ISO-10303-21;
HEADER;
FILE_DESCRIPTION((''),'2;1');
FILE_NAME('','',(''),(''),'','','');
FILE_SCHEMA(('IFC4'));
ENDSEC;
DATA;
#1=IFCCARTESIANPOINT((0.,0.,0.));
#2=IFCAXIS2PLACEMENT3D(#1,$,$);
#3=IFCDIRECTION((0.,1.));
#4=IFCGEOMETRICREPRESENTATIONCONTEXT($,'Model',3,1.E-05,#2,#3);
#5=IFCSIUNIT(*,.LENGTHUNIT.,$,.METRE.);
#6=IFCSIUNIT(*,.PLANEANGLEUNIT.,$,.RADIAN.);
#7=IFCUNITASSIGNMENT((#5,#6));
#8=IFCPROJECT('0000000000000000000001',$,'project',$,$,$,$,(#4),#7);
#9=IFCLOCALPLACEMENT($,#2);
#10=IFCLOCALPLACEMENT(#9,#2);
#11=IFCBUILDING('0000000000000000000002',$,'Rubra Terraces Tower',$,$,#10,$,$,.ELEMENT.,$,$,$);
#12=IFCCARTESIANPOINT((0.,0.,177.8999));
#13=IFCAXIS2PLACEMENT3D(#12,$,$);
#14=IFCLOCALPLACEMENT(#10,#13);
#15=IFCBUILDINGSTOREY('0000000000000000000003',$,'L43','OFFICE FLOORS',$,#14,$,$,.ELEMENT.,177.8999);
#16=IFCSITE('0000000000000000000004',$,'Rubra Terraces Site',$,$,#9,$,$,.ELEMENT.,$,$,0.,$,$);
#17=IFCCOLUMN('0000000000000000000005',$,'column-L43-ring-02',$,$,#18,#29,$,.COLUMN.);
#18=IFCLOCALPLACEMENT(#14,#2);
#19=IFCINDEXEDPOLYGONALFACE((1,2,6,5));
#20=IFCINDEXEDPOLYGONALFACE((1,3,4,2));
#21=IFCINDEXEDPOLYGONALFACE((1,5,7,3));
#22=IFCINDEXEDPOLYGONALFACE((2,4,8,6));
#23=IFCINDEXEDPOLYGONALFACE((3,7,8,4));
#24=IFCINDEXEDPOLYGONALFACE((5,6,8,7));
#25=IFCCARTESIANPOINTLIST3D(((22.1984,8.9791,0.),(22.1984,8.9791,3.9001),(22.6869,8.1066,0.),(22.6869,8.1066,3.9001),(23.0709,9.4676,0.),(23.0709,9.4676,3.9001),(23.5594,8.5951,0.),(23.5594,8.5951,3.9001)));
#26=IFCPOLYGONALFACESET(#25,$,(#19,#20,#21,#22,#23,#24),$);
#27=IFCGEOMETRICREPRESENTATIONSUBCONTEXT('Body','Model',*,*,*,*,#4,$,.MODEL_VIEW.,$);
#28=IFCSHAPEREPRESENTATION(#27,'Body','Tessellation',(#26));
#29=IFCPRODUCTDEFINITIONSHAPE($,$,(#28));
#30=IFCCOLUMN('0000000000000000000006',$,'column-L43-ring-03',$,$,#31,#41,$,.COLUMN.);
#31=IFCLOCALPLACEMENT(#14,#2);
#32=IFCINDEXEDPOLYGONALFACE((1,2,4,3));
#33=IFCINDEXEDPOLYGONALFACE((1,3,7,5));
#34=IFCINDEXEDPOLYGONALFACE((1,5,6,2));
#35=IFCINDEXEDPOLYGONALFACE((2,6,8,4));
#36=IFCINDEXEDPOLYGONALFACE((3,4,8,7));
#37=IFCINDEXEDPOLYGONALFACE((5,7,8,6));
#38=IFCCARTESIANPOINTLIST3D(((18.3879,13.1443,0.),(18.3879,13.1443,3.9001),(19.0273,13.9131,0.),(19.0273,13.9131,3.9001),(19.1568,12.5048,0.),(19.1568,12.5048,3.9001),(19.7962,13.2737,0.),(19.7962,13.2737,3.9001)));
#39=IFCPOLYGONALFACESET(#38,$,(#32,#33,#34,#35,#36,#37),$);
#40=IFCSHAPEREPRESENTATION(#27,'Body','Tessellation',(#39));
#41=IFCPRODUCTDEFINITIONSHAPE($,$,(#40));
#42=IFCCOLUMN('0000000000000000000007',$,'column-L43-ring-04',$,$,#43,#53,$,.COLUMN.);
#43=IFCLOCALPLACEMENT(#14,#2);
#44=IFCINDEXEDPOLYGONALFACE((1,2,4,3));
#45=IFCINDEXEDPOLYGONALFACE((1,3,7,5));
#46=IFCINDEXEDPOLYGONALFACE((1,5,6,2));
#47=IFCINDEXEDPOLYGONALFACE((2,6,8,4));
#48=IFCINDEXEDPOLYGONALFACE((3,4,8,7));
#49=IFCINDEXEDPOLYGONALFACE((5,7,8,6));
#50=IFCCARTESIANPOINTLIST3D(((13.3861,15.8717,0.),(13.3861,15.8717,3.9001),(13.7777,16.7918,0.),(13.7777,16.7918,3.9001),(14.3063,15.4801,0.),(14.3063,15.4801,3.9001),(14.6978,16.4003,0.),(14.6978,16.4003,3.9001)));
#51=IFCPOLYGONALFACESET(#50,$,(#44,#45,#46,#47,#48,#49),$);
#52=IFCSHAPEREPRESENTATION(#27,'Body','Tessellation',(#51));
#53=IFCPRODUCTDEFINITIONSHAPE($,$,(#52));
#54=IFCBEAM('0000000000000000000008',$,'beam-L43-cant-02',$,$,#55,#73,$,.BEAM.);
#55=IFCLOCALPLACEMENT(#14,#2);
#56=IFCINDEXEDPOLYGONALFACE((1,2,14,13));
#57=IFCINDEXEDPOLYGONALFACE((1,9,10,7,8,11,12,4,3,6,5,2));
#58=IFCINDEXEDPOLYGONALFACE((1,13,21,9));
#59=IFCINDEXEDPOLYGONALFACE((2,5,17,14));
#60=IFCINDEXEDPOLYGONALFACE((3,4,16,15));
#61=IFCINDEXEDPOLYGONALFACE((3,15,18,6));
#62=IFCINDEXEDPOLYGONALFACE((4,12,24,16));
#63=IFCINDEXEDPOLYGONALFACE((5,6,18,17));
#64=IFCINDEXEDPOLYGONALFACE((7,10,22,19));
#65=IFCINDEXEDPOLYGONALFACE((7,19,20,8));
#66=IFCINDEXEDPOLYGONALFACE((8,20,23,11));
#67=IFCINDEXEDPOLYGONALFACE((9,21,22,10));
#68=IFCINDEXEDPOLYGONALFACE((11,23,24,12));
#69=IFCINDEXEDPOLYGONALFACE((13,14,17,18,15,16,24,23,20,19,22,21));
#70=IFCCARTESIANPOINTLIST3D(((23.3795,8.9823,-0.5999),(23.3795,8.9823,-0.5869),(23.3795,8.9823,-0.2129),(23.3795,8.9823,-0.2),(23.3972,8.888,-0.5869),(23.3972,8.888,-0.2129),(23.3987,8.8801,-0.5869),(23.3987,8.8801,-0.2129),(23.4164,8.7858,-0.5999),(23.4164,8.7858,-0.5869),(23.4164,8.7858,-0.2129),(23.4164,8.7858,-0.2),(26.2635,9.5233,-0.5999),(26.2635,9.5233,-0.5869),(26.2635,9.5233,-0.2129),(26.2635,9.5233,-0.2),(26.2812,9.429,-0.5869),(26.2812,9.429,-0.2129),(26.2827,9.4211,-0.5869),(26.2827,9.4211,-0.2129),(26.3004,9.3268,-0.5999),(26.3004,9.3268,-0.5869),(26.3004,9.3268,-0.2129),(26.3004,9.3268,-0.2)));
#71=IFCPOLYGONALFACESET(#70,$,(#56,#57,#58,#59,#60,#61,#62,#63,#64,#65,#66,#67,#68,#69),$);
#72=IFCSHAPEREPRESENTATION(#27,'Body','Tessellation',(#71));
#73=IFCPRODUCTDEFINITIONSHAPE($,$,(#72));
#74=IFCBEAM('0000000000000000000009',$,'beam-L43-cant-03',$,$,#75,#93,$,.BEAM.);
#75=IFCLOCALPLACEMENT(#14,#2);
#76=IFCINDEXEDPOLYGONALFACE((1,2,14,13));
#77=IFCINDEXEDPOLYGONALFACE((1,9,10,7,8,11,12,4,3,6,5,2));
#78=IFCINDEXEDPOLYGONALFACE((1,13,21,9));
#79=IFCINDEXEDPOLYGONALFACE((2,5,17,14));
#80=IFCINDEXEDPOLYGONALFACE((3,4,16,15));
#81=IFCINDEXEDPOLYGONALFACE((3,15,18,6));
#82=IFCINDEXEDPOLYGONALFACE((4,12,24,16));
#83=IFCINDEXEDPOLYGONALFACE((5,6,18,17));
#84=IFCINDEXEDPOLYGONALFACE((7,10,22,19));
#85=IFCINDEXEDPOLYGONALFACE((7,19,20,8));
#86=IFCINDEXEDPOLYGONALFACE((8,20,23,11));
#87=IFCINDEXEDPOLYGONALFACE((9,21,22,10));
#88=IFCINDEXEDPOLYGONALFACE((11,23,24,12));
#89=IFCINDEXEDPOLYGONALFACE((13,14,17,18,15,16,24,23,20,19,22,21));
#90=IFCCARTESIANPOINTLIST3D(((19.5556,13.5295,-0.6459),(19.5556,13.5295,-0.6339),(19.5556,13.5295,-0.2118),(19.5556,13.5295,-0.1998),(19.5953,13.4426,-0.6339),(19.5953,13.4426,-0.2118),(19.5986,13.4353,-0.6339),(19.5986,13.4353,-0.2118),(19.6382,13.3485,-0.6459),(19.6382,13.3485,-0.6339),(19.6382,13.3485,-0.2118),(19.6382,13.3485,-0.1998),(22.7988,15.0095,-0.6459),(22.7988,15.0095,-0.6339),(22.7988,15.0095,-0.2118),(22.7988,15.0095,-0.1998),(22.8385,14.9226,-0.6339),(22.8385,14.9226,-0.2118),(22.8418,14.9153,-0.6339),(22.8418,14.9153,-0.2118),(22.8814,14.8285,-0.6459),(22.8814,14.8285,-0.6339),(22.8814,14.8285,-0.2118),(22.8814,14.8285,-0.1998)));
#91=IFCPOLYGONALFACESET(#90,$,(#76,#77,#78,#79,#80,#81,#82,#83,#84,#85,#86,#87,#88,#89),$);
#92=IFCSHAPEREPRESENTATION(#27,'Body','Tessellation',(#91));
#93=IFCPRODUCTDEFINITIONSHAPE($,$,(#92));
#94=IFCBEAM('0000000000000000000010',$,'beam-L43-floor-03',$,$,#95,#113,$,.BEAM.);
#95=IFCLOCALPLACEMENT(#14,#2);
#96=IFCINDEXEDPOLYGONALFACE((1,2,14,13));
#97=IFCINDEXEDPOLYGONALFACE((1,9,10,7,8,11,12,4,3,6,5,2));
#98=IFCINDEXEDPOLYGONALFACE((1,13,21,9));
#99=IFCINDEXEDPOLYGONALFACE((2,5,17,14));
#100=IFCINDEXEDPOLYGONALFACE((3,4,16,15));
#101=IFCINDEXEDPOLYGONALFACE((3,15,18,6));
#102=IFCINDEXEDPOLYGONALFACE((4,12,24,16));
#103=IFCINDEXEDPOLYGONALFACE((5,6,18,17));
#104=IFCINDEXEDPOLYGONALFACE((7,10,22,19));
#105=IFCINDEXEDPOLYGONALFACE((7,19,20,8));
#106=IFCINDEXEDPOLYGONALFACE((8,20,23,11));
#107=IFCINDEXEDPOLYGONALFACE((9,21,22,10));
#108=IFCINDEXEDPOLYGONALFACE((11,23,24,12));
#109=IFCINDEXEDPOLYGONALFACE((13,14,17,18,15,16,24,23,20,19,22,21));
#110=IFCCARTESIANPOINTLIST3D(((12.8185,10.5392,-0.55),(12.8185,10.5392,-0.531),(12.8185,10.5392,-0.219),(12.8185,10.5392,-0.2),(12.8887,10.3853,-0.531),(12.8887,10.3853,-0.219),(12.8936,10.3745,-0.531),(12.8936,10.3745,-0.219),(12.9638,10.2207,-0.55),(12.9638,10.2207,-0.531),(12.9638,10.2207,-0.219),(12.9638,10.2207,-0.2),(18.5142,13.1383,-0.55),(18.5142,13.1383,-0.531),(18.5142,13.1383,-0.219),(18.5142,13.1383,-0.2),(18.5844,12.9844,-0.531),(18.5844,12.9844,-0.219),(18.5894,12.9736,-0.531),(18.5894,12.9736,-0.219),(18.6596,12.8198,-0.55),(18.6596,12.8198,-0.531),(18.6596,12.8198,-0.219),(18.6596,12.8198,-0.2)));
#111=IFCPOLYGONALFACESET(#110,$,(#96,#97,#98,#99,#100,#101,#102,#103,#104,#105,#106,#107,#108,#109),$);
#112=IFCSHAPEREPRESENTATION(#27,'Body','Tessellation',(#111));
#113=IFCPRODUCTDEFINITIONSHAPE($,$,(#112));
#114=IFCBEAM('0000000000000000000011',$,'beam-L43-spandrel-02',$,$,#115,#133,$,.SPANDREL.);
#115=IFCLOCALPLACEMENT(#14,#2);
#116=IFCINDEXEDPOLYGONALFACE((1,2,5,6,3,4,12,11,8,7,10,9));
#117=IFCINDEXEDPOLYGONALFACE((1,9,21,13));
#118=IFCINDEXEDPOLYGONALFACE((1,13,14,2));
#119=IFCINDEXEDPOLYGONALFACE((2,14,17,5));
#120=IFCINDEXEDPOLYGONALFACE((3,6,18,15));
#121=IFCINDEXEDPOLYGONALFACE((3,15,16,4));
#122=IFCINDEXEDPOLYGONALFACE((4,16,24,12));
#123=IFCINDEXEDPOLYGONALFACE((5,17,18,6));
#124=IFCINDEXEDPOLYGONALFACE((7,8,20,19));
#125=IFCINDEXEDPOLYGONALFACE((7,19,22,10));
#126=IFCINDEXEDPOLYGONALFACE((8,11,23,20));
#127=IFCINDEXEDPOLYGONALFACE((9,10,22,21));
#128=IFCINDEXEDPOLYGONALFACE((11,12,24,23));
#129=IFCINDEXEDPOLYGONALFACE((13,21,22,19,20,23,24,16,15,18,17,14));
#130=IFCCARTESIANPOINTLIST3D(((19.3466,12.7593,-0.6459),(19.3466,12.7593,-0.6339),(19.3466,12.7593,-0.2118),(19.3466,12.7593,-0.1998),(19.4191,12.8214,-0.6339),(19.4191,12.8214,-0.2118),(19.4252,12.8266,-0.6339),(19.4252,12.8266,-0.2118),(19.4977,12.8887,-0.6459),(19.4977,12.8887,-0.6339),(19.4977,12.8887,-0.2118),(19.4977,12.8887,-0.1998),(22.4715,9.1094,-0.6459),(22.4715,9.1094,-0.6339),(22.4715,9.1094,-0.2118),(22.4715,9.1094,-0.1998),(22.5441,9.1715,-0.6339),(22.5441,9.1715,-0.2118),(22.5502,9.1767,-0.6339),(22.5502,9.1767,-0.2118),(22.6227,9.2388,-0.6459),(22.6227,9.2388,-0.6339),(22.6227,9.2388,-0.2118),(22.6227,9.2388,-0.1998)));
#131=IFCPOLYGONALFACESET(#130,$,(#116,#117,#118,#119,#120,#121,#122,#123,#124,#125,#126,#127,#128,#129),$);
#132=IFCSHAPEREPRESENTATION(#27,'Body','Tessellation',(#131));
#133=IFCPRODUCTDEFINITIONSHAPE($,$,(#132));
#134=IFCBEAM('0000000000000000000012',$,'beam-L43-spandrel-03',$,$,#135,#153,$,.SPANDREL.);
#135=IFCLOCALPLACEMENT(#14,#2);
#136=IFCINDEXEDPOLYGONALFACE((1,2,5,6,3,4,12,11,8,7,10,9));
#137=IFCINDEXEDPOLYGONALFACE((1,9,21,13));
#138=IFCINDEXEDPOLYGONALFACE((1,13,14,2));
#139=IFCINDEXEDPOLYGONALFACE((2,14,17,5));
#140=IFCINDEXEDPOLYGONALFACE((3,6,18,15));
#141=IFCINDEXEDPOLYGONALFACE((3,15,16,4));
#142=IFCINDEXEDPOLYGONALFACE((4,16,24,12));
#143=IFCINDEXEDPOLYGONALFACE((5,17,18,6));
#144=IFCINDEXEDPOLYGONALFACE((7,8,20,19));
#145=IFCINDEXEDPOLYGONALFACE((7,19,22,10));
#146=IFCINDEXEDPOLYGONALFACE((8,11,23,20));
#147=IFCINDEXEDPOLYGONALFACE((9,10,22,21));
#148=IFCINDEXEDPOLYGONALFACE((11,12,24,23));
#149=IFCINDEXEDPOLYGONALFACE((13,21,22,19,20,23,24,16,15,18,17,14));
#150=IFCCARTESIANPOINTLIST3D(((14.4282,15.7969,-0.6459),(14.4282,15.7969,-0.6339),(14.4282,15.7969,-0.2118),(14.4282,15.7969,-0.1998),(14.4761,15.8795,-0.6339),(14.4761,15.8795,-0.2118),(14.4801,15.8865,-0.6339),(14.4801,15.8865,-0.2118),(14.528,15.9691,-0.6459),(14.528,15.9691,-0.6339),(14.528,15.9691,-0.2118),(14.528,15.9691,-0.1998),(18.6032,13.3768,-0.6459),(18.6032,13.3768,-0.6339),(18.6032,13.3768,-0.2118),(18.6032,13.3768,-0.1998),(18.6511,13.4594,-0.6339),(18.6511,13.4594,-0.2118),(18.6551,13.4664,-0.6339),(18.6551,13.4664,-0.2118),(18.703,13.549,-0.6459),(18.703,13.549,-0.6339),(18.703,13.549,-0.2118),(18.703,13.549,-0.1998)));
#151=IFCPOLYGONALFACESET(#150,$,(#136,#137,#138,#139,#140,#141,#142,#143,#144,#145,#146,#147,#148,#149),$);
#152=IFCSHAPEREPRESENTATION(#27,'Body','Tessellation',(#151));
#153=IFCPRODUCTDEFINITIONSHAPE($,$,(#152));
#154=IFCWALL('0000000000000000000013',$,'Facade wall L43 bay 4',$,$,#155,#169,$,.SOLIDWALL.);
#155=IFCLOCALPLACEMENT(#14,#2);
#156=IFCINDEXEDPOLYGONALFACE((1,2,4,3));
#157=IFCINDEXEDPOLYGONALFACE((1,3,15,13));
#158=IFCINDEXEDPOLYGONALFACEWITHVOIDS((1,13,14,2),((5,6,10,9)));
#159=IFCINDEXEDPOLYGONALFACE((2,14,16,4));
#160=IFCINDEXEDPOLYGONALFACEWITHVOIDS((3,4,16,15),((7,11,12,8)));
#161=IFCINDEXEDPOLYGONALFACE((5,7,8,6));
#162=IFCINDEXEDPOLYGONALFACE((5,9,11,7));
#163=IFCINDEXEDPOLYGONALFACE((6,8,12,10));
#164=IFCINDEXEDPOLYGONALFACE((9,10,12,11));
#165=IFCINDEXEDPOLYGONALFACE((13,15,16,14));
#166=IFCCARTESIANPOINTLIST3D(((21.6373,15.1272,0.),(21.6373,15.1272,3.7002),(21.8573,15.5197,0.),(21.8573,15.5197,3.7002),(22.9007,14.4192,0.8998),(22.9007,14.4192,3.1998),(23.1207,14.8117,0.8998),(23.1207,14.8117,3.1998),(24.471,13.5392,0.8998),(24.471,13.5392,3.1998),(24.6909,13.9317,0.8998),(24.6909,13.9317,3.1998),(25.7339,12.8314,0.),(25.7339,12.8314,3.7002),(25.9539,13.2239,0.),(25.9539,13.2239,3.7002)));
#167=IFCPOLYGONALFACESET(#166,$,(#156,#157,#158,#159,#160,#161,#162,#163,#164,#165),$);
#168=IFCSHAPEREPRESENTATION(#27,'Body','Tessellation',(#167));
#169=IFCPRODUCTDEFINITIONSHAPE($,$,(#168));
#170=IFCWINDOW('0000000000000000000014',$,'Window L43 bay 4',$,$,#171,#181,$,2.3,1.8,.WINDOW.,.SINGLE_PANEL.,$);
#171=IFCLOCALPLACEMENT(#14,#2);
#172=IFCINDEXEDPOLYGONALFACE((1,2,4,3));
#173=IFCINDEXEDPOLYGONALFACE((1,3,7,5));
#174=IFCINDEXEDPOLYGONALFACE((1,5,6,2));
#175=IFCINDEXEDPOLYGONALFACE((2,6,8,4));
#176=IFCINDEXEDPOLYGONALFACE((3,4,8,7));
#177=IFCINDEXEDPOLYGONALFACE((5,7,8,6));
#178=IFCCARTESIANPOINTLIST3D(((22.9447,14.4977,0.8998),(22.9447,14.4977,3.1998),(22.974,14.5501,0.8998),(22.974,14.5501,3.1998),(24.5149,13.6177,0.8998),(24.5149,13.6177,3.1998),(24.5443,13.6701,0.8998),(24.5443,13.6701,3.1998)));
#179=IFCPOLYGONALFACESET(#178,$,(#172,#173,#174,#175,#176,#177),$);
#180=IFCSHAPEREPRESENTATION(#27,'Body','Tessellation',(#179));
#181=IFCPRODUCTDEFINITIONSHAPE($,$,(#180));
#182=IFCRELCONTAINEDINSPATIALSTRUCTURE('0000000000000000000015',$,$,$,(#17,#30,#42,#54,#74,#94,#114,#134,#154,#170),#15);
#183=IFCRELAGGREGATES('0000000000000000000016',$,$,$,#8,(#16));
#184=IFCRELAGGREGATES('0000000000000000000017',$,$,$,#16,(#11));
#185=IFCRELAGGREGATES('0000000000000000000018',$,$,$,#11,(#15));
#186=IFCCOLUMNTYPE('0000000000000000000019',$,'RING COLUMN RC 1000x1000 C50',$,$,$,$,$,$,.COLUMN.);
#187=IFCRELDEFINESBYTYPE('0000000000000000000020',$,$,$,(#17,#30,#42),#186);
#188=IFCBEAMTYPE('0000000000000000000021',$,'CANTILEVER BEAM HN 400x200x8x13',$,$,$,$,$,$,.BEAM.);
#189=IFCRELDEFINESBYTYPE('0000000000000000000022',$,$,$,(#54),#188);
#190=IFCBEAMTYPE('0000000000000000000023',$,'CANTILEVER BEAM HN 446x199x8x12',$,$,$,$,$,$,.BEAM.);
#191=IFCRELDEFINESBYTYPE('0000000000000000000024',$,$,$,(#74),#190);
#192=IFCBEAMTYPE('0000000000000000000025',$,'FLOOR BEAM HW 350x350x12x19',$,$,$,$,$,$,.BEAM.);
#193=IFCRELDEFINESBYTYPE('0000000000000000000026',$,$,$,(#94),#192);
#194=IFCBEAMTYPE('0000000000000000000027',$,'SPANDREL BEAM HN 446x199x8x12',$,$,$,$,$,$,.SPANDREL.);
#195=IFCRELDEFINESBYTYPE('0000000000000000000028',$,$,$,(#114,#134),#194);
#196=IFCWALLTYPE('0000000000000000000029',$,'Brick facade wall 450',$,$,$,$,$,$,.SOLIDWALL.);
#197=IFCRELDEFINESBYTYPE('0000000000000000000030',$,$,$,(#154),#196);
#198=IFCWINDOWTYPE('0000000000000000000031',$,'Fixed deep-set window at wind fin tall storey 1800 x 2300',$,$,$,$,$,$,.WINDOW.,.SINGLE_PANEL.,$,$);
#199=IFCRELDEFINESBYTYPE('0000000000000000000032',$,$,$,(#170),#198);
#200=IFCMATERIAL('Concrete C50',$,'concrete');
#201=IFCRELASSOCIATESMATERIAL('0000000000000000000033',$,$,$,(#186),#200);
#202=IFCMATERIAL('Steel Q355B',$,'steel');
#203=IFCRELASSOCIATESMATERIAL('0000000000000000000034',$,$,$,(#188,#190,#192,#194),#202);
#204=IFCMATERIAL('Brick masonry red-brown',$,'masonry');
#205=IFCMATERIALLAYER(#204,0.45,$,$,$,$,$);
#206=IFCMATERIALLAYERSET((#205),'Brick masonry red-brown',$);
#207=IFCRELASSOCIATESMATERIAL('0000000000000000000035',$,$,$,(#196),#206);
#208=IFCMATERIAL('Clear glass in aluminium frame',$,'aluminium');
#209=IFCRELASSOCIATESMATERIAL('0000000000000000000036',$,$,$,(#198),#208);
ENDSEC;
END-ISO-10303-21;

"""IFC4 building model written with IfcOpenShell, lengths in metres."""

from ifc_helpers import new_model, si_unit, direction, frame, frame_2d, origin, origin_2d, place, context, subcontext, project, spatial, rectangle, i_section, extrude, material, layer, layer_set, material_profile, profile_set, type_object, element, fill, save


model = new_model("IFC4")

# Units and contexts
model_context = context("Model", 3, precision=1e-05, world=origin(), true_north=direction((0.0, 1.0)))
body_context = subcontext(model_context, "Body", "Model", "MODEL_VIEW")
ifc_project = project(units=[si_unit("LENGTHUNIT", "METRE"), si_unit("PLANEANGLEUNIT", "RADIAN")], contexts=[model_context])

# Site, building, storey
site_placement = place(None, origin())
site = spatial("IfcSite", under=ifc_project, at=site_placement, Name="Rubra Terraces Site", CompositionType="ELEMENT", RefElevation=0.0)
building_placement = place(site_placement, origin())
building = spatial("IfcBuilding", under=site, at=building_placement, Name="Rubra Terraces Tower", CompositionType="ELEMENT")
storey_placement = place(building_placement, frame((0.0, 0.0, 177.8999)))
storey = spatial("IfcBuildingStorey", under=building, at=storey_placement, Name="L43", Description="OFFICE FLOORS", CompositionType="ELEMENT", Elevation=177.8999)

# Columns
ifc_material_1 = material(Name="Concrete C50", Category="concrete")
ifc_material_profile_1 = material_profile(ifc_material_1, rectangle(XDim=1.0, YDim=1.0, at=origin_2d()), Name="RC 1000x1000")
ifc_profile_set_1 = profile_set([ifc_material_profile_1], Name="Concrete C50")
column_type = type_object("IfcColumnType", Name="RING COLUMN RC 1000x1000 C50", PredefinedType="COLUMN", material=ifc_profile_set_1)
for number, where, z_axis, x_axis, name in (
    (1, (22.8789, 8.7871, 0.0), (0.0, 0.0, 1.0), (-0.488526, 0.872549, 0.0), "column-L43-ring-02"),
    (2, (19.092, 13.209, 0.0), (0.0, 0.0, 1.0), (-0.76887, 0.639405, 0.0), "column-L43-ring-03"),
    (3, (14.042, 16.136, 0.0), (0.0, 0.0, 1.0), (-0.920168, 0.391524, 0.0), "column-L43-ring-04"),
):
    element("IfcColumn", number, at=place(storey_placement, frame(where, z_axis=z_axis, x_axis=x_axis)), inside=storey, type_object=column_type, Name=name, PredefinedType="COLUMN", context=body_context, shape_type="SweptSolid", body=[
        extrude(rectangle(XDim=1.0, YDim=1.0, at=origin_2d()), origin(), (0.0, 0.0, 1.0), 3.9001),
    ])

# Beams
ifc_material_2 = material(Name="Steel Q355B", Category="steel")
ifc_material_profile_2 = material_profile(ifc_material_2, i_section(OverallWidth=0.2, OverallDepth=0.3999, WebThickness=0.0081, FlangeThickness=0.0129, at=origin_2d()), Name="HN 400x200x8x13")
ifc_profile_set_2 = profile_set([ifc_material_profile_2], Name="Steel Q355B")
beam_type_1 = type_object("IfcBeamType", Name="CANTILEVER BEAM HN 400x200x8x13", PredefinedType="BEAM", material=ifc_profile_set_2)
beam_1_placement = place(storey_placement, frame((23.3979, 8.884, -0.3999), z_axis=(0.982856, 0.184374, 0.0), x_axis=(-0.184374, 0.982856, 0.0)))
element("IfcBeam", 4, at=beam_1_placement, inside=storey, type_object=beam_type_1, Name="beam-L43-cant-02", PredefinedType="BEAM", context=body_context, shape_type="SweptSolid", body=[
    extrude(i_section(OverallWidth=0.2, OverallDepth=0.3999, WebThickness=0.0081, FlangeThickness=0.0129, at=origin_2d()), origin(), (0.0, 0.0, 1.0), 2.9343),
])
ifc_material_profile_3 = material_profile(ifc_material_2, i_section(OverallWidth=0.199, OverallDepth=0.446, WebThickness=0.0081, FlangeThickness=0.012, at=origin_2d()), Name="HN 446x199x8x12")
ifc_profile_set_3 = profile_set([ifc_material_profile_3], Name="Steel Q355B")
beam_type_2 = type_object("IfcBeamType", Name="CANTILEVER BEAM HN 446x199x8x12", PredefinedType="BEAM", material=ifc_profile_set_3)
beam_2_placement = place(storey_placement, frame((19.5969, 13.439, -0.4229), z_axis=(0.909751, 0.415154, 0.0), x_axis=(-0.415154, 0.909751, 0.0)))
element("IfcBeam", 5, at=beam_2_placement, inside=storey, type_object=beam_type_2, Name="beam-L43-cant-03", PredefinedType="BEAM", context=body_context, shape_type="SweptSolid", body=[
    extrude(i_section(OverallWidth=0.199, OverallDepth=0.446, WebThickness=0.0081, FlangeThickness=0.012, at=origin_2d()), origin(), (0.0, 0.0, 1.0), 3.5649),
])
ifc_material_profile_4 = material_profile(ifc_material_2, i_section(OverallWidth=0.3501, OverallDepth=0.3501, WebThickness=0.012, FlangeThickness=0.019, at=origin_2d()), Name="HW 350x350x12x19")
ifc_profile_set_4 = profile_set([ifc_material_profile_4], Name="Steel Q355B")
beam_type_3 = type_object("IfcBeamType", Name="FLOOR BEAM HW 350x350x12x19", PredefinedType="BEAM", material=ifc_profile_set_4)
beam_3_placement = place(storey_placement, frame((18.5869, 12.979, -0.375), z_axis=(-0.909757, -0.415142, 0.0), x_axis=(0.415142, -0.909757, 0.0)))
element("IfcBeam", 6, at=beam_3_placement, inside=storey, type_object=beam_type_3, Name="beam-L43-floor-03", PredefinedType="BEAM", context=body_context, shape_type="SweptSolid", body=[
    extrude(i_section(OverallWidth=0.3501, OverallDepth=0.3501, WebThickness=0.012, FlangeThickness=0.019, at=origin_2d()), origin(), (0.0, 0.0, 1.0), 6.2607),
])
ifc_material_profile_5 = material_profile(ifc_material_2, i_section(OverallWidth=0.199, OverallDepth=0.446, WebThickness=0.0081, FlangeThickness=0.012, at=origin_2d()), Name="HN 446x199x8x12")
ifc_profile_set_5 = profile_set([ifc_material_profile_5], Name="Steel Q355B")
beam_type_4 = type_object("IfcBeamType", Name="SPANDREL BEAM HN 446x199x8x12", PredefinedType="SPANDREL", material=ifc_profile_set_5)
beam_4_placement = place(storey_placement, frame((22.5471, 9.1741, -0.4229), z_axis=(-0.650373, 0.759615, 0.0), x_axis=(-0.759615, -0.650373, 0.0)))
element("IfcBeam", 7, at=beam_4_placement, inside=storey, type_object=beam_type_4, Name="beam-L43-spandrel-02", PredefinedType="SPANDREL", context=body_context, shape_type="SweptSolid", body=[
    extrude(i_section(OverallWidth=0.199, OverallDepth=0.446, WebThickness=0.0081, FlangeThickness=0.012, at=origin_2d()), origin(), (0.0, 0.0, 1.0), 4.8049),
])
beam_5_placement = place(storey_placement, frame((18.6531, 13.4629, -0.4229), z_axis=(-0.865154, 0.501507, 0.0), x_axis=(-0.501507, -0.865154, 0.0)))
element("IfcBeam", 8, at=beam_5_placement, inside=storey, type_object=beam_type_4, Name="beam-L43-spandrel-03", PredefinedType="SPANDREL", context=body_context, shape_type="SweptSolid", body=[
    extrude(i_section(OverallWidth=0.199, OverallDepth=0.446, WebThickness=0.0081, FlangeThickness=0.012, at=origin_2d()), origin(), (0.0, 0.0, 1.0), 4.8257),
])

# Wall, opening, window
ifc_material_3 = material(Name="Brick masonry red-brown", Category="masonry")
ifc_layer_1 = layer(ifc_material_3, 0.45)
ifc_layer_set_1 = layer_set([ifc_layer_1], Name="Brick masonry red-brown")
wall_type_1 = type_object("IfcWallType", Name="Brick facade wall 450", PredefinedType="SOLIDWALL", material=ifc_layer_set_1)
wall_1_placement = place(storey_placement, frame((25.844, 13.0276, 0.0), z_axis=(0.0, 0.0, 1.0), x_axis=(-0.872346, 0.488888, 0.0)))
wall_1 = element("IfcWall", 9, at=wall_1_placement, inside=storey, type_object=wall_type_1, Name="Facade wall L43 bay 4", PredefinedType="SOLIDWALL", context=body_context, shape_type="SweptSolid", body=[
    extrude(rectangle(XDim=4.696, YDim=0.45, at=frame_2d((2.3481, 0.0))), origin(), (0.0, 0.0, 1.0), 3.7002),
])
opening_1_placement = place(wall_1_placement, frame((1.448, 0.0, 0.8999)))
opening_1 = element("IfcOpeningElement", 10, at=opening_1_placement, cuts=wall_1, PredefinedType="OPENING", context=body_context, shape_type="SweptSolid", body=[
    extrude(rectangle(XDim=1.8, YDim=2.3, at=frame_2d((0.8999, 1.1499))), frame((0.0, 0.2349, 0.0), z_axis=(0.0, -1.0, 0.0), x_axis=(1.0, 0.0, 0.0)), (0.0, 0.0, 1.0), 0.47),
])
ifc_material_4 = material(Name="Clear glass in aluminium frame", Category="aluminium")
window_type_1 = type_object("IfcWindowType", Name="Fixed deep-set window at wind fin tall storey 1800 x 2300", PartitioningType="SINGLE_PANEL", PredefinedType="WINDOW", material=ifc_material_4)
window_1_placement = place(opening_1_placement, origin())
window_1 = element("IfcWindow", 11, at=window_1_placement, inside=storey, type_object=window_type_1, Name="Window L43 bay 4", OverallHeight=2.3, OverallWidth=1.8, PartitioningType="SINGLE_PANEL", PredefinedType="WINDOW", context=body_context, shape_type="SweptSolid", body=[
    extrude(rectangle(XDim=1.8, YDim=2.3, at=frame_2d((0.8999, 1.1499))), frame((0.0, 0.135, 0.0), z_axis=(0.0, -1.0, 0.0), x_axis=(1.0, 0.0, 0.0)), (0.0, 0.0, 1.0), 0.0601),
])
fill(opening_1, window_1)

save(model, "model.ifc")
